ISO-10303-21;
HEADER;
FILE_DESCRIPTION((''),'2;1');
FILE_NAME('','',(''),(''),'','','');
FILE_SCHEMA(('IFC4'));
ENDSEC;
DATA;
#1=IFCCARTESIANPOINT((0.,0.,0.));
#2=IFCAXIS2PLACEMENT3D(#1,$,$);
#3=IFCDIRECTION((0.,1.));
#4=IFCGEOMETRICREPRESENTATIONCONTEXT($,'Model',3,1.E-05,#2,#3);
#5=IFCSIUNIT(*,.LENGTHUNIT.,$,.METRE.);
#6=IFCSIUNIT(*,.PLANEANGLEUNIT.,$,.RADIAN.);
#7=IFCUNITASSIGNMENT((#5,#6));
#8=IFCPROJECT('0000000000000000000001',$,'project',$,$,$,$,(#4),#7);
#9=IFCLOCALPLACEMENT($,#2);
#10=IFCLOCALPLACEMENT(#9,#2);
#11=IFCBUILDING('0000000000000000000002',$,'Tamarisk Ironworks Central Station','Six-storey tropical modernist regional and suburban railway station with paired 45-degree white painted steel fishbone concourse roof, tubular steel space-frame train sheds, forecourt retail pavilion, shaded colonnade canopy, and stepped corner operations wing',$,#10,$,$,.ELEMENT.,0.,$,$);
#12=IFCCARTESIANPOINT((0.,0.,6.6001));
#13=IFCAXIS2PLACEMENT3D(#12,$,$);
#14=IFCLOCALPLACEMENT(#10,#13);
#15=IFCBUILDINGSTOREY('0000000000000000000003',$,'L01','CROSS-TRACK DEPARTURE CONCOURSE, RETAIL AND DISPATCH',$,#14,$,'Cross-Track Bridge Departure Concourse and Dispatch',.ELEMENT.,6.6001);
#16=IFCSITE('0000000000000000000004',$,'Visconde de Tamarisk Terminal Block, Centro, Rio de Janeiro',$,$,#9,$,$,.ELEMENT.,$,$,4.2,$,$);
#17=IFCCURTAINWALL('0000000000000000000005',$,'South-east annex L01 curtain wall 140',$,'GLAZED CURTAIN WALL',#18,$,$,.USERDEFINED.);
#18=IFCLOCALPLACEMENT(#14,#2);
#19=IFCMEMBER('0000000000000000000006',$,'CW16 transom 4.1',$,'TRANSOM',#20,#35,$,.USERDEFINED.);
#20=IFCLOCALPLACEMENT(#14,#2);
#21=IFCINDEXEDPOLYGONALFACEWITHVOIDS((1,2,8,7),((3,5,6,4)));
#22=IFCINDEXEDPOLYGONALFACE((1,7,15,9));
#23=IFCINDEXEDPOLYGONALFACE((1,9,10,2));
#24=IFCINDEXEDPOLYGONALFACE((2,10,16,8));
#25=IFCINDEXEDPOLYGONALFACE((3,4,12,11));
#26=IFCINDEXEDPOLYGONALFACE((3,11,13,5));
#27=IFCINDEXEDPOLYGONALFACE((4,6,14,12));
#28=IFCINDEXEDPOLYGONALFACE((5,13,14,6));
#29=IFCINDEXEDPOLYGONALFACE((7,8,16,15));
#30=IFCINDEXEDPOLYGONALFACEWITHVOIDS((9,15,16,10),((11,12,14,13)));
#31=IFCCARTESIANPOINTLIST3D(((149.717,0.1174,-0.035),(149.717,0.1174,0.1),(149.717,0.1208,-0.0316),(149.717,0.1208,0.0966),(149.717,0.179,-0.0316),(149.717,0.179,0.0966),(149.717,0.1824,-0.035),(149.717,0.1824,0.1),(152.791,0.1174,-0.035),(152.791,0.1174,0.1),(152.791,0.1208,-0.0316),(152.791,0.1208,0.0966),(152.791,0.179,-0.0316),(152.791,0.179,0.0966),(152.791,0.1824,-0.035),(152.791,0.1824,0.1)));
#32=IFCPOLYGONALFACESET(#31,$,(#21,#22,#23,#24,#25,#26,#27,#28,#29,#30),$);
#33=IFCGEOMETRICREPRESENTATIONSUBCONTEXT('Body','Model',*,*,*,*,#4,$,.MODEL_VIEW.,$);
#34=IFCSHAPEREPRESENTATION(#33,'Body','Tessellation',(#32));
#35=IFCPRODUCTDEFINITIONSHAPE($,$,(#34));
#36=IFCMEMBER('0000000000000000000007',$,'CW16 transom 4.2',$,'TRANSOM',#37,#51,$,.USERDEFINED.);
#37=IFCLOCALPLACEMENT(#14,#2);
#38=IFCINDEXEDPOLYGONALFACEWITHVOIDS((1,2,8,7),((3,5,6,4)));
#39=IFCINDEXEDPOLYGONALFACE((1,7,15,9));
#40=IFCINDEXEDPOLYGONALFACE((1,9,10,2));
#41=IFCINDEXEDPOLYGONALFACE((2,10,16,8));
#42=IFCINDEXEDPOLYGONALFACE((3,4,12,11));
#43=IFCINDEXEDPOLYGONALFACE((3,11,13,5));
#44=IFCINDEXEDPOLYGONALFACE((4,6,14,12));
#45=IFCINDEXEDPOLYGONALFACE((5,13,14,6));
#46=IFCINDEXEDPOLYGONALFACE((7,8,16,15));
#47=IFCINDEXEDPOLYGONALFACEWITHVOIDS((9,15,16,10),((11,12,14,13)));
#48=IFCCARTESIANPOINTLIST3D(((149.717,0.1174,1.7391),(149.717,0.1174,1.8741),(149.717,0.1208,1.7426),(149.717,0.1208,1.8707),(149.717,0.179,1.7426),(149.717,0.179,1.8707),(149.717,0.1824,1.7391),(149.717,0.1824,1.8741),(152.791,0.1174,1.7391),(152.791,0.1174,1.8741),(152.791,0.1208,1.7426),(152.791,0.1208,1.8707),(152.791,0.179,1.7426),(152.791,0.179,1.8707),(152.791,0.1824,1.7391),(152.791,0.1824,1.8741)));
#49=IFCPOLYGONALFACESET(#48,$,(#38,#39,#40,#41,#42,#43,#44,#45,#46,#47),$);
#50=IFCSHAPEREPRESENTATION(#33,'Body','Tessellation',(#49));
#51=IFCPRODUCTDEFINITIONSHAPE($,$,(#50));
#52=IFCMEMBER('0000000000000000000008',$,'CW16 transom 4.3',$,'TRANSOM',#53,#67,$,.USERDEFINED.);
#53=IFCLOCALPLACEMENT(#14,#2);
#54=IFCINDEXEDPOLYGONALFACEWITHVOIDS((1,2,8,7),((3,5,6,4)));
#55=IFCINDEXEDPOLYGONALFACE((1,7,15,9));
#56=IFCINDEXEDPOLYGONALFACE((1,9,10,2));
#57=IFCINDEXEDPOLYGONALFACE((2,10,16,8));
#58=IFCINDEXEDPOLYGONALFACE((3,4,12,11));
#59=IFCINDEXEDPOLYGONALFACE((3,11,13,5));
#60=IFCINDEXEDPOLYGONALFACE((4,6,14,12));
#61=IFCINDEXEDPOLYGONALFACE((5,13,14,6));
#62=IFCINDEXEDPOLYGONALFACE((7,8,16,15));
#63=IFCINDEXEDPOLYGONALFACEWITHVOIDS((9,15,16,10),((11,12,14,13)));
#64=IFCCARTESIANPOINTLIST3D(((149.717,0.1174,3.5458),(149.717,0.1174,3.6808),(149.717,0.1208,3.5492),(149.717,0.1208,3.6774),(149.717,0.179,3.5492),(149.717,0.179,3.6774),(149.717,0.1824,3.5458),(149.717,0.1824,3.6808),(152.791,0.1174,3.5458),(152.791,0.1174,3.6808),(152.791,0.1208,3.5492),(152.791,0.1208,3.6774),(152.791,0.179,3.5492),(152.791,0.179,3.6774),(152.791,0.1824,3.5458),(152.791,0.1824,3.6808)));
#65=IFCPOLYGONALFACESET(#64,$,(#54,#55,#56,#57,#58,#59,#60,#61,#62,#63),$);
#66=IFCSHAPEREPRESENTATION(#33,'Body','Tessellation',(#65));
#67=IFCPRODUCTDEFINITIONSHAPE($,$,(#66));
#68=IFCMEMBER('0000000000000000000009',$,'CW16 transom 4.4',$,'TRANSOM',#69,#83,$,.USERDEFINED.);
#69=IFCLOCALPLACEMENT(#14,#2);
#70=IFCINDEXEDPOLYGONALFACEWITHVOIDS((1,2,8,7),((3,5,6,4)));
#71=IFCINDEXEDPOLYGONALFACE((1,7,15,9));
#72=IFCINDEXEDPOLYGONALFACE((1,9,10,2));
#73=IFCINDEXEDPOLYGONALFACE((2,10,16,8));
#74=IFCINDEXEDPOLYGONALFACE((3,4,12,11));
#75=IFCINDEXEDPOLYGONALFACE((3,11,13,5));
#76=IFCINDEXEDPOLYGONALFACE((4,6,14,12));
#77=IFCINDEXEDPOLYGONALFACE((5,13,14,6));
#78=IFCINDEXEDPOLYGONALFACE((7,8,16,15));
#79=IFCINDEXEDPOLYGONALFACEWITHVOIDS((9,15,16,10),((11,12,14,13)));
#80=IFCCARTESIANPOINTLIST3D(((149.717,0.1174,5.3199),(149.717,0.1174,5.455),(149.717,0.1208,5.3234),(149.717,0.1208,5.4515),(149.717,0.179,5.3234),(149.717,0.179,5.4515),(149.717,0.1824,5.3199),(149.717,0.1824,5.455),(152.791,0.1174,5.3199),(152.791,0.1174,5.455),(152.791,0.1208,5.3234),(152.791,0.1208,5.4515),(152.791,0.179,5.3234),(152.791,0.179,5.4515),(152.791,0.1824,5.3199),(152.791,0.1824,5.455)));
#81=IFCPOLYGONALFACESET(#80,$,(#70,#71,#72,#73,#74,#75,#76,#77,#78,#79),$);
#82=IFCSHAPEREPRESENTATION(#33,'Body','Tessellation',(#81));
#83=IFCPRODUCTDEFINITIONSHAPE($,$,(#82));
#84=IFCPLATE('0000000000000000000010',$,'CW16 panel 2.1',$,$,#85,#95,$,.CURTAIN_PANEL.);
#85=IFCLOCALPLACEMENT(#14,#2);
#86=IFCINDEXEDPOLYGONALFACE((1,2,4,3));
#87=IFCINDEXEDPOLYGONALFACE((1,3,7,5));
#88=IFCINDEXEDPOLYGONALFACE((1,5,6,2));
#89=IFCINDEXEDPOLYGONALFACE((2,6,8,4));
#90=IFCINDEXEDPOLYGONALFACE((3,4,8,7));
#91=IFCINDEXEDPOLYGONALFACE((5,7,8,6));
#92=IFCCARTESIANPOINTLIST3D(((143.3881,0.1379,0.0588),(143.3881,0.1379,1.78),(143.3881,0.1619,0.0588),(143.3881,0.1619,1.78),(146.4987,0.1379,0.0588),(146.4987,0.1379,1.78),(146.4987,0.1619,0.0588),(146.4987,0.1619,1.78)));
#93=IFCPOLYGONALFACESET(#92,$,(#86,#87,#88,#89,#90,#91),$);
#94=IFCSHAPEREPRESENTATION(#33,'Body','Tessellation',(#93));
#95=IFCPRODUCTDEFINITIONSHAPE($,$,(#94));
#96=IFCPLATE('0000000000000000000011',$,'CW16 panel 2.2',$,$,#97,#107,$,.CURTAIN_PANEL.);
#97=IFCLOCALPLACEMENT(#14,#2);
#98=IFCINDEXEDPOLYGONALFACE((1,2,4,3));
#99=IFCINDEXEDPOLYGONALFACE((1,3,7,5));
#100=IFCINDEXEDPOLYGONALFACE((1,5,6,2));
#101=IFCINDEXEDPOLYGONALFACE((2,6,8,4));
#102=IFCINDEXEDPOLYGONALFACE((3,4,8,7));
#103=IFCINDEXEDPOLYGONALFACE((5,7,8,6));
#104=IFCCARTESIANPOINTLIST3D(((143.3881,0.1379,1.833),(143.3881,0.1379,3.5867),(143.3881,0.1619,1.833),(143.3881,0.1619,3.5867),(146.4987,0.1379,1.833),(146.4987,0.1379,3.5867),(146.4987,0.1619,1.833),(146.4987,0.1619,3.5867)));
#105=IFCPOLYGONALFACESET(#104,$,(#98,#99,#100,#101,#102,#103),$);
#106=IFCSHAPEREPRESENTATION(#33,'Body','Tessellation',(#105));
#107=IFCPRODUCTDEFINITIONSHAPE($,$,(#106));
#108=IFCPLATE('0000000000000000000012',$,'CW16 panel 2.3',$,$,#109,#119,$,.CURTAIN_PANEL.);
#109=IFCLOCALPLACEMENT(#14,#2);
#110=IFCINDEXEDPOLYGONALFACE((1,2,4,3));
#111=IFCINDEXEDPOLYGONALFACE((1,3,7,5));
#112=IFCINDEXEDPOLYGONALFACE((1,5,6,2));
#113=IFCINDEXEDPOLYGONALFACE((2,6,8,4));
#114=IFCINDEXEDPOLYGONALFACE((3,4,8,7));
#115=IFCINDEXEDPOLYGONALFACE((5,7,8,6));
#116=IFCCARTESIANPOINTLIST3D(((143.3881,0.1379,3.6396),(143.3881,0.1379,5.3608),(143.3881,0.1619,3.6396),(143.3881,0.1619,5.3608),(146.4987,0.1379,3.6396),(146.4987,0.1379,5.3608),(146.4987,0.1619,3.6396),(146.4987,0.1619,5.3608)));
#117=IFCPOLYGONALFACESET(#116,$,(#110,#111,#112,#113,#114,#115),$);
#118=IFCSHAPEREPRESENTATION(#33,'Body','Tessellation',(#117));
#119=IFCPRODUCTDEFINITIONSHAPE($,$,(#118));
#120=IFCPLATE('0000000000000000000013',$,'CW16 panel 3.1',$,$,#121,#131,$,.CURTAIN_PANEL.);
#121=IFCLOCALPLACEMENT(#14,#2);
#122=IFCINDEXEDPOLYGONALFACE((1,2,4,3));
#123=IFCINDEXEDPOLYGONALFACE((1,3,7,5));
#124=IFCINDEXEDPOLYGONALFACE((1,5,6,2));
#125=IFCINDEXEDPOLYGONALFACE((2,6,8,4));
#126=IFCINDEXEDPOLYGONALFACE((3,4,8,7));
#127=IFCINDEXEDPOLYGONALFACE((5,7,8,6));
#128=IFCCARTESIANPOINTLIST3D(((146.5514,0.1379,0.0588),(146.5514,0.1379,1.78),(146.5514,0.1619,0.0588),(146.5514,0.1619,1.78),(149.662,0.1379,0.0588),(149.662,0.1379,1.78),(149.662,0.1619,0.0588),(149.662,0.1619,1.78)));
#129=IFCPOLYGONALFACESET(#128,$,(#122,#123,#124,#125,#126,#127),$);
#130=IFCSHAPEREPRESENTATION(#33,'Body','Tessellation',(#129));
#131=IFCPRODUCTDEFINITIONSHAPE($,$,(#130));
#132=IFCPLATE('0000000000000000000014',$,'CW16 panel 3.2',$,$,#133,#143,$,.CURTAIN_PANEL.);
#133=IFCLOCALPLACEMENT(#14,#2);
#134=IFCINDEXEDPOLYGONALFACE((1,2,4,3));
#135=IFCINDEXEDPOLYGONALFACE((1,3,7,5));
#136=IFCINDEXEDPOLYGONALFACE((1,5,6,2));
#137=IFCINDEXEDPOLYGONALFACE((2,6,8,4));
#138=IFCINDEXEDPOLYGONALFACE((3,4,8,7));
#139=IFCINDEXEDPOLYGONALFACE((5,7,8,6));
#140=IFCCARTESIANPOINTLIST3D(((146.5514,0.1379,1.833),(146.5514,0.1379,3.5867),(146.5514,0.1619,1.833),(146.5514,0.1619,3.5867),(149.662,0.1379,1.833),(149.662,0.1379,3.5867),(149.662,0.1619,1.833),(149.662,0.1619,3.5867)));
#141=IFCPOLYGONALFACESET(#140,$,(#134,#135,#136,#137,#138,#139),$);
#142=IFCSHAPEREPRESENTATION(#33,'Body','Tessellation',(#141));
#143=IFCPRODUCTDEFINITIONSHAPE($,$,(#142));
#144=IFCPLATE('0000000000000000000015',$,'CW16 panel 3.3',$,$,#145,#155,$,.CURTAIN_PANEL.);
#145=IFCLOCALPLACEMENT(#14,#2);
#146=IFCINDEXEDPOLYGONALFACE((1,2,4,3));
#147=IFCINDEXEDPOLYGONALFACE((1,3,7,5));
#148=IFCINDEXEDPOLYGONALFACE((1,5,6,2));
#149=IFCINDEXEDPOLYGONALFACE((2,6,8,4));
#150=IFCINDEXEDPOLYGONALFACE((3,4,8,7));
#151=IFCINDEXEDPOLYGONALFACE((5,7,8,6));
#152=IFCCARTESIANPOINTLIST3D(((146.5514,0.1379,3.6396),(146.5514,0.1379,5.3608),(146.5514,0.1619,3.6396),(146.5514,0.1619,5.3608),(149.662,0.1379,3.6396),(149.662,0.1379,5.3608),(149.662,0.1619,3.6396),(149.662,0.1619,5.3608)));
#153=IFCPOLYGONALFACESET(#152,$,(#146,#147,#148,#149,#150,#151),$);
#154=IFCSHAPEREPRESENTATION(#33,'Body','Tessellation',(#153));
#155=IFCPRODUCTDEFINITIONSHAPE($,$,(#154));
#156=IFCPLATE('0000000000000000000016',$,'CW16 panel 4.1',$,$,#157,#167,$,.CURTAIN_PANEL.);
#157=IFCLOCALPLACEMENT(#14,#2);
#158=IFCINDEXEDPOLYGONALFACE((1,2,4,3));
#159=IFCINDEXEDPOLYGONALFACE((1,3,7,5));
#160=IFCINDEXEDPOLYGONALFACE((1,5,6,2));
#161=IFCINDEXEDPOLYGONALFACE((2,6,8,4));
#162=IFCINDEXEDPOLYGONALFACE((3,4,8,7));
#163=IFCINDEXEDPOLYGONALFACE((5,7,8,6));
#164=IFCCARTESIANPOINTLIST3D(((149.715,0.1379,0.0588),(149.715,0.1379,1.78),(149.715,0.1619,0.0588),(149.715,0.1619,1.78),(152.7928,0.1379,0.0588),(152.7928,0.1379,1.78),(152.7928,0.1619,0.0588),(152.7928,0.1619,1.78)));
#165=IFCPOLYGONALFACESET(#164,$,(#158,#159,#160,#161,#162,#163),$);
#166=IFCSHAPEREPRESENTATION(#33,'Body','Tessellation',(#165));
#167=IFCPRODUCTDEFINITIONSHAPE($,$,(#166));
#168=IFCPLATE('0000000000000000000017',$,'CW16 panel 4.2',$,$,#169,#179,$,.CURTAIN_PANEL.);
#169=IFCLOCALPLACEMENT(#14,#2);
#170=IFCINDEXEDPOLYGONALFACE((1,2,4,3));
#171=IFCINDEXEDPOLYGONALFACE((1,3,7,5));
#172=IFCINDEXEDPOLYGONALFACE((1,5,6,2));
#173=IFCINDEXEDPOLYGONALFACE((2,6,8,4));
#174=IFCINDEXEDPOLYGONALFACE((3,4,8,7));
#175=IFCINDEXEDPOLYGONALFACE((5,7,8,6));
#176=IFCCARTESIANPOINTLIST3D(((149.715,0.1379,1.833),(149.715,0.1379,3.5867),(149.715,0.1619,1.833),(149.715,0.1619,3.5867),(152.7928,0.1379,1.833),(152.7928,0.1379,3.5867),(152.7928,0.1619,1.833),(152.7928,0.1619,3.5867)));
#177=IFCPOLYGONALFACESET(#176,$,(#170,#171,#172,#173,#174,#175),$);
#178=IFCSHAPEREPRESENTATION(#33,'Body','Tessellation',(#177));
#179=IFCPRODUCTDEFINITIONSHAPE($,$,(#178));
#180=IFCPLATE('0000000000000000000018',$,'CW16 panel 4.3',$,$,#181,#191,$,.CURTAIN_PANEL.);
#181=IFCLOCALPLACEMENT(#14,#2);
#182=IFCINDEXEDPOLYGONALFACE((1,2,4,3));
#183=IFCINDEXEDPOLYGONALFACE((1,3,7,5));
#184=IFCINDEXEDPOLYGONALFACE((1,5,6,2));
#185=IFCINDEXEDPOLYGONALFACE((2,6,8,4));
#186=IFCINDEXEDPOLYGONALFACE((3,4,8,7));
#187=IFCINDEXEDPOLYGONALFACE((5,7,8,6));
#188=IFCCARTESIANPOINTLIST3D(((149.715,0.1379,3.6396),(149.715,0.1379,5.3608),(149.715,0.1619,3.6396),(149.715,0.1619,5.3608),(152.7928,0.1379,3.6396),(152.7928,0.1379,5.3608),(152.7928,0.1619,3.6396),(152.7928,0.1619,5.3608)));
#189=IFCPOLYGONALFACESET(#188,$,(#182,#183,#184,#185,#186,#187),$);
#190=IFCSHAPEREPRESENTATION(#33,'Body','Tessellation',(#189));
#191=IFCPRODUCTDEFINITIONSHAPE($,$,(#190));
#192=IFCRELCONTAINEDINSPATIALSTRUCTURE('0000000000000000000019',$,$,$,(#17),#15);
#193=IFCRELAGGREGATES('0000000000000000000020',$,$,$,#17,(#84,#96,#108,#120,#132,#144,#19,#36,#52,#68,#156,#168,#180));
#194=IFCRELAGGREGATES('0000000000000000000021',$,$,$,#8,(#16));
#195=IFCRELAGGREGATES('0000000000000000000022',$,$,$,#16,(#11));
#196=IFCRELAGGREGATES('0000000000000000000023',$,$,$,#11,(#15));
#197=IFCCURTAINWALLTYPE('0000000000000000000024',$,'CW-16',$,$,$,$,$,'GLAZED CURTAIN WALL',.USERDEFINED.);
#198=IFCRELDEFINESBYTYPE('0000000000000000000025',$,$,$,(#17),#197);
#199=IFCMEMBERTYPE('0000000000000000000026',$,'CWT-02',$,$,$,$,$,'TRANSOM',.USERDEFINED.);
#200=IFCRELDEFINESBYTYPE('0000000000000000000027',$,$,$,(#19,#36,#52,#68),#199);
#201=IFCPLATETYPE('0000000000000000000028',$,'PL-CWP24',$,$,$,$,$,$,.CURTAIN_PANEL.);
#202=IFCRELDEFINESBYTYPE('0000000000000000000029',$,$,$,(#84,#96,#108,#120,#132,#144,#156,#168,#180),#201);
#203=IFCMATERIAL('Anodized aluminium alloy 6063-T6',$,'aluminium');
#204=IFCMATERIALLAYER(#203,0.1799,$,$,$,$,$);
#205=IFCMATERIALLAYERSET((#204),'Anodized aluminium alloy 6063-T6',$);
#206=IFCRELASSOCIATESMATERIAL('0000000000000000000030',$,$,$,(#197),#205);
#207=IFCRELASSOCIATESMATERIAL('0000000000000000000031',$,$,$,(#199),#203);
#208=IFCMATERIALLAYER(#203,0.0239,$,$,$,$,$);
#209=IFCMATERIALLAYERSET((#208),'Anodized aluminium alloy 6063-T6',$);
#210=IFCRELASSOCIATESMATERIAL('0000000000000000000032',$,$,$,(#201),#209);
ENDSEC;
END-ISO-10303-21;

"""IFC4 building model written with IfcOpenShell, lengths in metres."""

from ifc_helpers import new_model, si_unit, direction, frame, origin, origin_2d, place, context, subcontext, project, spatial, rectangle, hollow_rectangle, extrude, material, layer, layer_set, material_profile, profile_set, type_object, element, aggregate, save


model = new_model("IFC4")

# Units and contexts
model_context = context("Model", 3, precision=1e-05, world=origin(), true_north=direction((0.0, 1.0)))
body_context = subcontext(model_context, "Body", "Model", "MODEL_VIEW")
ifc_project = project(units=[si_unit("LENGTHUNIT", "METRE"), si_unit("PLANEANGLEUNIT", "RADIAN")], contexts=[model_context])

# Site, building, storey
site_placement = place(None, origin())
site = spatial("IfcSite", under=ifc_project, at=site_placement, Name="Visconde de Tamarisk Terminal Block, Centro, Rio de Janeiro", CompositionType="ELEMENT", RefElevation=4.2)
building_placement = place(site_placement, origin())
building = spatial("IfcBuilding", under=site, at=building_placement, Name="Tamarisk Ironworks Central Station", Description="Six-storey tropical modernist regional and suburban railway station with paired 45-degree white painted steel fishbone concourse roof, tubular steel space-frame train sheds, forecourt retail pavilion, shaded colonnade canopy, and stepped corner operations wing", CompositionType="ELEMENT", ElevationOfRefHeight=0.0)
storey_placement = place(building_placement, frame((0.0, 0.0, 6.6001)))
storey = spatial("IfcBuildingStorey", under=building, at=storey_placement, Name="L01", Description="CROSS-TRACK DEPARTURE CONCOURSE, RETAIL AND DISPATCH", LongName="Cross-Track Bridge Departure Concourse and Dispatch", CompositionType="ELEMENT", Elevation=6.6001)

# Curtain wall, members, plates
ifc_material = material(Name="Anodized aluminium alloy 6063-T6", Category="aluminium")
ifc_layer_1 = layer(ifc_material, 0.1799)
ifc_layer_set_1 = layer_set([ifc_layer_1], Name="Anodized aluminium alloy 6063-T6")
curtain_wall_type = type_object("IfcCurtainWallType", Name="CW-16", ElementType="GLAZED CURTAIN WALL", PredefinedType="USERDEFINED", material=ifc_layer_set_1)
curtain_wall_placement = place(storey_placement, origin())
curtain_wall = element("IfcCurtainWall", 1, at=curtain_wall_placement, inside=storey, type_object=curtain_wall_type, Name="South-east annex L01 curtain wall 140", ObjectType="GLAZED CURTAIN WALL", PredefinedType="USERDEFINED")
ifc_material_profile_1 = material_profile(ifc_material, hollow_rectangle(XDim=0.0649, YDim=0.135, WallThickness=0.0034, at=origin_2d()), Name="ALUM 135x65")
ifc_profile_set_1 = profile_set([ifc_material_profile_1], Name="Anodized aluminium alloy 6063-T6")
member_type_1 = type_object("IfcMemberType", Name="CWT-02", ElementType="TRANSOM", PredefinedType="USERDEFINED", material=ifc_profile_set_1)
member_1_placement = place(storey_placement, frame((149.717, 0.1499, 0.0325), z_axis=(1.0, 0.0, 0.0), x_axis=(0.0, 1.0, 0.0)))
member_1 = element("IfcMember", 2, at=member_1_placement, type_object=member_type_1, Name="CW16 transom 4.1", ObjectType="TRANSOM", PredefinedType="USERDEFINED", context=body_context, shape_type="SweptSolid", body=[
    extrude(hollow_rectangle(XDim=0.0649, YDim=0.135, WallThickness=0.0034, at=origin_2d()), origin(), (0.0, 0.0, 1.0), 3.074),
])
member_2_placement = place(storey_placement, frame((149.717, 0.1499, 1.8066), z_axis=(1.0, 0.0, 0.0), x_axis=(0.0, 1.0, 0.0)))
member_2 = element("IfcMember", 3, at=member_2_placement, type_object=member_type_1, Name="CW16 transom 4.2", ObjectType="TRANSOM", PredefinedType="USERDEFINED", context=body_context, shape_type="SweptSolid", body=[
    extrude(hollow_rectangle(XDim=0.0649, YDim=0.135, WallThickness=0.0034, at=origin_2d()), origin(), (0.0, 0.0, 1.0), 3.074),
])
member_3_placement = place(storey_placement, frame((149.717, 0.1499, 3.6133), z_axis=(1.0, 0.0, 0.0), x_axis=(0.0, 1.0, 0.0)))
member_3 = element("IfcMember", 4, at=member_3_placement, type_object=member_type_1, Name="CW16 transom 4.3", ObjectType="TRANSOM", PredefinedType="USERDEFINED", context=body_context, shape_type="SweptSolid", body=[
    extrude(hollow_rectangle(XDim=0.0649, YDim=0.135, WallThickness=0.0034, at=origin_2d()), origin(), (0.0, 0.0, 1.0), 3.074),
])
member_4_placement = place(storey_placement, frame((149.717, 0.1499, 5.3875), z_axis=(1.0, 0.0, 0.0), x_axis=(0.0, 1.0, 0.0)))
member_4 = element("IfcMember", 5, at=member_4_placement, type_object=member_type_1, Name="CW16 transom 4.4", ObjectType="TRANSOM", PredefinedType="USERDEFINED", context=body_context, shape_type="SweptSolid", body=[
    extrude(hollow_rectangle(XDim=0.0649, YDim=0.135, WallThickness=0.0034, at=origin_2d()), origin(), (0.0, 0.0, 1.0), 3.074),
])
ifc_layer_2 = layer(ifc_material, 0.0239)
ifc_layer_set_2 = layer_set([ifc_layer_2], Name="Anodized aluminium alloy 6063-T6")
plate_type = type_object("IfcPlateType", Name="PL-CWP24", PredefinedType="CURTAIN_PANEL", material=ifc_layer_set_2)
plate_1_placement = place(storey_placement, frame((144.9434, 0.1499, 0.0588), z_axis=(0.0, 0.0, 1.0), x_axis=(1.0, 0.0, 0.0)))
plate_1 = element("IfcPlate", 6, at=plate_1_placement, type_object=plate_type, Name="CW16 panel 2.1", PredefinedType="CURTAIN_PANEL", context=body_context, shape_type="SweptSolid", body=[
    extrude(rectangle(XDim=3.1106, YDim=0.0239, at=origin_2d()), origin(), (0.0, 0.0, 1.0), 1.7212),
])
plate_2_placement = place(storey_placement, frame((144.9434, 0.1499, 1.833), z_axis=(0.0, 0.0, 1.0), x_axis=(1.0, 0.0, 0.0)))
plate_2 = element("IfcPlate", 7, at=plate_2_placement, type_object=plate_type, Name="CW16 panel 2.2", PredefinedType="CURTAIN_PANEL", context=body_context, shape_type="SweptSolid", body=[
    extrude(rectangle(XDim=3.1106, YDim=0.0239, at=origin_2d()), origin(), (0.0, 0.0, 1.0), 1.7537),
])
plate_3_placement = place(storey_placement, frame((144.9434, 0.1499, 3.6396), z_axis=(0.0, 0.0, 1.0), x_axis=(1.0, 0.0, 0.0)))
plate_3 = element("IfcPlate", 8, at=plate_3_placement, type_object=plate_type, Name="CW16 panel 2.3", PredefinedType="CURTAIN_PANEL", context=body_context, shape_type="SweptSolid", body=[
    extrude(rectangle(XDim=3.1106, YDim=0.0239, at=origin_2d()), origin(), (0.0, 0.0, 1.0), 1.7212),
])
plate_4_placement = place(storey_placement, frame((148.1067, 0.1499, 0.0588), z_axis=(0.0, 0.0, 1.0), x_axis=(1.0, 0.0, 0.0)))
plate_4 = element("IfcPlate", 9, at=plate_4_placement, type_object=plate_type, Name="CW16 panel 3.1", PredefinedType="CURTAIN_PANEL", context=body_context, shape_type="SweptSolid", body=[
    extrude(rectangle(XDim=3.1106, YDim=0.0239, at=origin_2d()), origin(), (0.0, 0.0, 1.0), 1.7212),
])
plate_5_placement = place(storey_placement, frame((148.1067, 0.1499, 1.833), z_axis=(0.0, 0.0, 1.0), x_axis=(1.0, 0.0, 0.0)))
plate_5 = element("IfcPlate", 10, at=plate_5_placement, type_object=plate_type, Name="CW16 panel 3.2", PredefinedType="CURTAIN_PANEL", context=body_context, shape_type="SweptSolid", body=[
    extrude(rectangle(XDim=3.1106, YDim=0.0239, at=origin_2d()), origin(), (0.0, 0.0, 1.0), 1.7537),
])
plate_6_placement = place(storey_placement, frame((148.1067, 0.1499, 3.6396), z_axis=(0.0, 0.0, 1.0), x_axis=(1.0, 0.0, 0.0)))
plate_6 = element("IfcPlate", 11, at=plate_6_placement, type_object=plate_type, Name="CW16 panel 3.3", PredefinedType="CURTAIN_PANEL", context=body_context, shape_type="SweptSolid", body=[
    extrude(rectangle(XDim=3.1106, YDim=0.0239, at=origin_2d()), origin(), (0.0, 0.0, 1.0), 1.7212),
])
plate_7_placement = place(storey_placement, frame((151.2539, 0.1499, 0.0588), z_axis=(0.0, 0.0, 1.0), x_axis=(1.0, 0.0, 0.0)))
plate_7 = element("IfcPlate", 12, at=plate_7_placement, type_object=plate_type, Name="CW16 panel 4.1", PredefinedType="CURTAIN_PANEL", context=body_context, shape_type="SweptSolid", body=[
    extrude(rectangle(XDim=3.0779, YDim=0.0239, at=origin_2d()), origin(), (0.0, 0.0, 1.0), 1.7212),
])
plate_8_placement = place(storey_placement, frame((151.2539, 0.1499, 1.833), z_axis=(0.0, 0.0, 1.0), x_axis=(1.0, 0.0, 0.0)))
plate_8 = element("IfcPlate", 13, at=plate_8_placement, type_object=plate_type, Name="CW16 panel 4.2", PredefinedType="CURTAIN_PANEL", context=body_context, shape_type="SweptSolid", body=[
    extrude(rectangle(XDim=3.0779, YDim=0.0239, at=origin_2d()), origin(), (0.0, 0.0, 1.0), 1.7537),
])
plate_9_placement = place(storey_placement, frame((151.2539, 0.1499, 3.6396), z_axis=(0.0, 0.0, 1.0), x_axis=(1.0, 0.0, 0.0)))
plate_9 = element("IfcPlate", 14, at=plate_9_placement, type_object=plate_type, Name="CW16 panel 4.3", PredefinedType="CURTAIN_PANEL", context=body_context, shape_type="SweptSolid", body=[
    extrude(rectangle(XDim=3.0779, YDim=0.0239, at=origin_2d()), origin(), (0.0, 0.0, 1.0), 1.7212),
])
aggregate(curtain_wall, [plate_1, plate_2, plate_3, plate_4, plate_5, plate_6, member_1, member_2, member_3, member_4, plate_7, plate_8, plate_9])

save(model, "model.ifc")
